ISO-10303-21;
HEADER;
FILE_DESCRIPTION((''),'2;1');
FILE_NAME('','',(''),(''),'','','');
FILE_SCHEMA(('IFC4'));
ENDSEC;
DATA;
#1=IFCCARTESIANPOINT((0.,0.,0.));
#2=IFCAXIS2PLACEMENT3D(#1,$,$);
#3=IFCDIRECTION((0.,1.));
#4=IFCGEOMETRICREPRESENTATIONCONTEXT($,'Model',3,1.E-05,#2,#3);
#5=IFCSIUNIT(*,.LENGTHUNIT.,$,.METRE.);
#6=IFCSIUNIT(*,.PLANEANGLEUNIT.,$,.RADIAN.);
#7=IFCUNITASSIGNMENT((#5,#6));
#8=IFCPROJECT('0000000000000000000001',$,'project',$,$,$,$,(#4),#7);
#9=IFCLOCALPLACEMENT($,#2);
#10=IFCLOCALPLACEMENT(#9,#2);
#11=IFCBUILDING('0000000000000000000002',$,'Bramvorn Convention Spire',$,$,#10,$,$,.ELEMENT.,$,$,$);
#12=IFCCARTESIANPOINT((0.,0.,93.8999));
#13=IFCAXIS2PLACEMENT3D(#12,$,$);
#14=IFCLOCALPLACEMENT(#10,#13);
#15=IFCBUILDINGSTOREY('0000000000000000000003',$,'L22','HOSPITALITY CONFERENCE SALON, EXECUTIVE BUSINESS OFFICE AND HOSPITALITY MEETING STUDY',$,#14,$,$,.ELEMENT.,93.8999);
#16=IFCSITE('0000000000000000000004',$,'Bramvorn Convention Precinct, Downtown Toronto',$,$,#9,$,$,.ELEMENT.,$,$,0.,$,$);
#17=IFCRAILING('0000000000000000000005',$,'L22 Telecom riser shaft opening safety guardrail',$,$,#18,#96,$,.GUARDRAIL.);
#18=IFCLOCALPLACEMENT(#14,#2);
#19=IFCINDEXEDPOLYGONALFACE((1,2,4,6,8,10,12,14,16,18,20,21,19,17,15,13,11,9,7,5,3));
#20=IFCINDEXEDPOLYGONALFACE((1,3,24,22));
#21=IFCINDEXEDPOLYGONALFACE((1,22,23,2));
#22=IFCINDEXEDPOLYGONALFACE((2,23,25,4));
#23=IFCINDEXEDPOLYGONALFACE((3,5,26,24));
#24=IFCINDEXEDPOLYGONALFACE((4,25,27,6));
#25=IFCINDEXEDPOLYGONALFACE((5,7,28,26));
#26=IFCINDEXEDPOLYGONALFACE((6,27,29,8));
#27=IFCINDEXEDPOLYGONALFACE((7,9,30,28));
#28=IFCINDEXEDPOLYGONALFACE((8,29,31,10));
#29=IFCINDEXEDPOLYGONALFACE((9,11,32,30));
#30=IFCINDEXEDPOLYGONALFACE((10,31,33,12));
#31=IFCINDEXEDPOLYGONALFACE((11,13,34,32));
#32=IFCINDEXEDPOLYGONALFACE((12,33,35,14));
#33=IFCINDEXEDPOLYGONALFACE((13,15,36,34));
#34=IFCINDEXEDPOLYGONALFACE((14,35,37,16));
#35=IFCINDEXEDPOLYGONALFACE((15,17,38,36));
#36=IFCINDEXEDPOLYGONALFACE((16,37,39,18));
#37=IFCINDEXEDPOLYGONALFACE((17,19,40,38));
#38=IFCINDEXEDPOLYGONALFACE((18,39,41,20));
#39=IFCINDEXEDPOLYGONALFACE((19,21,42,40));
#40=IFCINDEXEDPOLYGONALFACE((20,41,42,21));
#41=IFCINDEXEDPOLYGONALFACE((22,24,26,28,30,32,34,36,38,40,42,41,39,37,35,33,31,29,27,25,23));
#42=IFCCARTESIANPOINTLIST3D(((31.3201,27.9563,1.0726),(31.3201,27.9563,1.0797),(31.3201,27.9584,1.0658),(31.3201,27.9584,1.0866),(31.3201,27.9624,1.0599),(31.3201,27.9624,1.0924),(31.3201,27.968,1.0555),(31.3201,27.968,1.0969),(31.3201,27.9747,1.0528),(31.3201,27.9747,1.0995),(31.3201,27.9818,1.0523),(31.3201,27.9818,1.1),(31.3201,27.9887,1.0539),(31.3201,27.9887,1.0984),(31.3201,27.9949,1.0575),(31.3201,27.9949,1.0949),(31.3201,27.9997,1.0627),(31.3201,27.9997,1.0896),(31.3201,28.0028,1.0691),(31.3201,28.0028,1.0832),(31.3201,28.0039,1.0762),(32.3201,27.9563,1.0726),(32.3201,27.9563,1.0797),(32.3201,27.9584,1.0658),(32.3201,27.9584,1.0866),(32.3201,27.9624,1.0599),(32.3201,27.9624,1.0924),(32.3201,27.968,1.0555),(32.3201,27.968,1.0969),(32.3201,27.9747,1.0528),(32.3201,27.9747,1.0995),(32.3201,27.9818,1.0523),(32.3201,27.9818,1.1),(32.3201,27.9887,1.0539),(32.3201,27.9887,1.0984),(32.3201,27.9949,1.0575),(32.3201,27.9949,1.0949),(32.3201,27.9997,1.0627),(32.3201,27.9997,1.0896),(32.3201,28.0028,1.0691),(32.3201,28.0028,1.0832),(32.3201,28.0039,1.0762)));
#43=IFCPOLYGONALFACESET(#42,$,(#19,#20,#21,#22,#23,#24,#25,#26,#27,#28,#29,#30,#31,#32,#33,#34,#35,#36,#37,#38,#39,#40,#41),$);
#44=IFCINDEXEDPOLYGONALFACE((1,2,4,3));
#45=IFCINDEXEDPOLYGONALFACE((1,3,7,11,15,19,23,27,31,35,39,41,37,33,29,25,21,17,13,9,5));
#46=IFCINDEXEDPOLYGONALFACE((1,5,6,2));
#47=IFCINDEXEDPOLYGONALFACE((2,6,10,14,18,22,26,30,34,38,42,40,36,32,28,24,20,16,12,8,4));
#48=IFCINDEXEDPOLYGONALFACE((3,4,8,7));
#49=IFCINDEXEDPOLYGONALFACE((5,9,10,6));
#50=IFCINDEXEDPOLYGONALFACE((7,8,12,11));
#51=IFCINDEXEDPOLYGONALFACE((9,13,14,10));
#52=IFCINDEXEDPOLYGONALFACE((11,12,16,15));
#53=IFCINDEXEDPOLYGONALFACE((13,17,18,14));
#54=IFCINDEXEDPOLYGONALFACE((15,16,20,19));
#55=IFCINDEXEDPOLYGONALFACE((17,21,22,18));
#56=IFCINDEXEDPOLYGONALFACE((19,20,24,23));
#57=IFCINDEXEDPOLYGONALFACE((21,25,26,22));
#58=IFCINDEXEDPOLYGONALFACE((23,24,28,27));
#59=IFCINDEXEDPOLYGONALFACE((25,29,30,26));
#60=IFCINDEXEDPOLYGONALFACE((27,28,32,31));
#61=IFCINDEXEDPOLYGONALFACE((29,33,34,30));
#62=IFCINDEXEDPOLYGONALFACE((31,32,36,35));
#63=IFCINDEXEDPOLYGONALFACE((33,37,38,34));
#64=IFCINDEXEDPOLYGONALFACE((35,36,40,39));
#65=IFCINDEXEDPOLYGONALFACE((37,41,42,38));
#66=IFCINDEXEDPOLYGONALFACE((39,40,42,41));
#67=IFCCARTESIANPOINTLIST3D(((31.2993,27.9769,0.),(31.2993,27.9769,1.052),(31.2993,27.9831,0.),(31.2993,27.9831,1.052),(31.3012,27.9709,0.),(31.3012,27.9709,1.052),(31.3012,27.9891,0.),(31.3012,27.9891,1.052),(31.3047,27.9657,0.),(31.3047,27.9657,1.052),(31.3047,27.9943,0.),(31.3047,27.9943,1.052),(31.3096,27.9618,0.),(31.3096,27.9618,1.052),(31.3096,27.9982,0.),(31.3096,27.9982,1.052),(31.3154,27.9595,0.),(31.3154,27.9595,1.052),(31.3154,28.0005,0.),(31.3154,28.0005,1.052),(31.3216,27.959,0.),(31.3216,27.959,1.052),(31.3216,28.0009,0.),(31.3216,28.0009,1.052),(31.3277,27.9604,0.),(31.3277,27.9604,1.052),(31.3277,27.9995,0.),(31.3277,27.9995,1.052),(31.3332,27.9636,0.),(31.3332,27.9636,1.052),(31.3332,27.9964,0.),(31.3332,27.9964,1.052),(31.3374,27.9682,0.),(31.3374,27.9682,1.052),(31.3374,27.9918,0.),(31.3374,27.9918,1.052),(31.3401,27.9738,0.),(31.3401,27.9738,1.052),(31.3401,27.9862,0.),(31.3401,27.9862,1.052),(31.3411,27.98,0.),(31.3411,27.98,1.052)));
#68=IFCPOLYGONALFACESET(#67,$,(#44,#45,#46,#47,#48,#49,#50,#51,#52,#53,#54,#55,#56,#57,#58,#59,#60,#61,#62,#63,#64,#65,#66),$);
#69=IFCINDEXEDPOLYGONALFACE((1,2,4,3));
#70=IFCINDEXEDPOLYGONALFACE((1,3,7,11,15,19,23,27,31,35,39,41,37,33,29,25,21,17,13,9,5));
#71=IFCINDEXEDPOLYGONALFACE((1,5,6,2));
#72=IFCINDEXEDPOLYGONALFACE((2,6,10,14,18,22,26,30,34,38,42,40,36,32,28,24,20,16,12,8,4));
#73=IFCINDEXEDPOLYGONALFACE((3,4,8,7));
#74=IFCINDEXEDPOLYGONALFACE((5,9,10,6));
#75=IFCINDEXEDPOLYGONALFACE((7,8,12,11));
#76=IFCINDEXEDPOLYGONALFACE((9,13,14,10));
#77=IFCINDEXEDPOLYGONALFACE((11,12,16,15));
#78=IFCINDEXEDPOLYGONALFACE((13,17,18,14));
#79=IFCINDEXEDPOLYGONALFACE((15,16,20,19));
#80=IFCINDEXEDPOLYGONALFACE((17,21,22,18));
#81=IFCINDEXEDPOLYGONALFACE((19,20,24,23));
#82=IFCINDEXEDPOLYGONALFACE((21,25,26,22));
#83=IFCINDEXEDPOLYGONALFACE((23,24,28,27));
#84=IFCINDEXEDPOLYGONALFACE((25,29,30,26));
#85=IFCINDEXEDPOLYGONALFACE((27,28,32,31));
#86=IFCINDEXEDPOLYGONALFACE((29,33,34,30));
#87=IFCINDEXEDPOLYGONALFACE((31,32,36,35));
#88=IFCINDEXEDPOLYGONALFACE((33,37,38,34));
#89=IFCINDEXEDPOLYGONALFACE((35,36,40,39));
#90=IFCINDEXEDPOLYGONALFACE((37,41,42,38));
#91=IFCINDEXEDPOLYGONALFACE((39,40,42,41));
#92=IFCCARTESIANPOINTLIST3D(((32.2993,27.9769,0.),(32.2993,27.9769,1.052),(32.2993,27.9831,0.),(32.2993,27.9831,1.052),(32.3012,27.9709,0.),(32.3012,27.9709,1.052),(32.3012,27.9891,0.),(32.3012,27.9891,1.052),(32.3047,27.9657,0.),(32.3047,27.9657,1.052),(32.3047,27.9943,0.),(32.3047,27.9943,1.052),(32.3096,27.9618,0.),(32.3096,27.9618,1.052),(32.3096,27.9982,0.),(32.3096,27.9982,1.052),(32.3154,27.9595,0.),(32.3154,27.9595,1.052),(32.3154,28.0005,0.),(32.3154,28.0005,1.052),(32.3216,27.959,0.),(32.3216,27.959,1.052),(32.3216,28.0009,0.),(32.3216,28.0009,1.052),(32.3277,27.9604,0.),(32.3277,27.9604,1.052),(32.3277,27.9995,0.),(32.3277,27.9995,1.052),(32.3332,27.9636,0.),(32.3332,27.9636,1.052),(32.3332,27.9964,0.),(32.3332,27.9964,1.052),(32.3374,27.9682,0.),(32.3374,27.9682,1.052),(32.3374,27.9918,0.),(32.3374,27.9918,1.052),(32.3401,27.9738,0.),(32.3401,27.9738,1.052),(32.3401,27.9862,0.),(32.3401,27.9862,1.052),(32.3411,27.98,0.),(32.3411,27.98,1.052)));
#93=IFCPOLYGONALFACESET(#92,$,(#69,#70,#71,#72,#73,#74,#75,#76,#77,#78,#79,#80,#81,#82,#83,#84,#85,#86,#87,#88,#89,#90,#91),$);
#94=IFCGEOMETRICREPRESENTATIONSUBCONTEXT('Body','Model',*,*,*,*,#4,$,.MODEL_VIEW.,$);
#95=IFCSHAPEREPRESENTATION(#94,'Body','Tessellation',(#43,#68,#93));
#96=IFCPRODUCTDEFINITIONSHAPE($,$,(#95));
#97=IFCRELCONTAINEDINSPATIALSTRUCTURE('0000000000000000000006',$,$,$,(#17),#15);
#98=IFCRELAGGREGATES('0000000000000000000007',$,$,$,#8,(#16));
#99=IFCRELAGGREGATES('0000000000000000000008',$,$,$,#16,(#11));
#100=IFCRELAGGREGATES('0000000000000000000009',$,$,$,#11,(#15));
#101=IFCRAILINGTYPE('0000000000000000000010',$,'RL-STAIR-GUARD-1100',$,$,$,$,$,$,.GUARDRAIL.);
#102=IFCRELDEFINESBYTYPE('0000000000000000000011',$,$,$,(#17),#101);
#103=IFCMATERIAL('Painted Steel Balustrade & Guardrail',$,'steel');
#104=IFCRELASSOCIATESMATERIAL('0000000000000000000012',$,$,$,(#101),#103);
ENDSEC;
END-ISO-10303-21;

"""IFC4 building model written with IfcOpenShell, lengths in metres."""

from ifc_helpers import new_model, si_unit, direction, frame, origin, origin_2d, place, context, subcontext, project, spatial, circle, extrude, material, type_object, element, save


model = new_model("IFC4")

# Units and contexts
model_context = context("Model", 3, precision=1e-05, world=origin(), true_north=direction((0.0, 1.0)))
body_context = subcontext(model_context, "Body", "Model", "MODEL_VIEW")
ifc_project = project(units=[si_unit("LENGTHUNIT", "METRE"), si_unit("PLANEANGLEUNIT", "RADIAN")], contexts=[model_context])

# Site, building, storey
site_placement = place(None, origin())
site = spatial("IfcSite", under=ifc_project, at=site_placement, Name="Bramvorn Convention Precinct, Downtown Toronto", CompositionType="ELEMENT", RefElevation=0.0)
building_placement = place(site_placement, origin())
building = spatial("IfcBuilding", under=site, at=building_placement, Name="Bramvorn Convention Spire", CompositionType="ELEMENT")
storey_placement = place(building_placement, frame((0.0, 0.0, 93.8999)))
storey = spatial("IfcBuildingStorey", under=building, at=storey_placement, Name="L22", Description="HOSPITALITY CONFERENCE SALON, EXECUTIVE BUSINESS OFFICE AND HOSPITALITY MEETING STUDY", CompositionType="ELEMENT", Elevation=93.8999)

# Railing
ifc_material_1 = material(Name="Painted Steel Balustrade & Guardrail", Category="steel")
railing_type_1 = type_object("IfcRailingType", Name="RL-STAIR-GUARD-1100", PredefinedType="GUARDRAIL", material=ifc_material_1)
railing_1_placement = place(storey_placement, frame((31.3201, 27.98, 0.0)))
element("IfcRailing", 1, at=railing_1_placement, inside=storey, type_object=railing_type_1, Name="L22 Telecom riser shaft opening safety guardrail", PredefinedType="GUARDRAIL", context=body_context, shape_type="SweptSolid", body=[
    extrude(circle(Radius=0.0239, at=origin_2d()), frame((0.0, 0.0, 1.0762), z_axis=(1.0, 0.0, 0.0), x_axis=(0.0, 1.0, 0.0)), (0.0, 0.0, 1.0), 1.0),
    extrude(circle(Radius=0.021, at=origin_2d()), origin(), (0.0, 0.0, 1.0), 1.052),
    extrude(circle(Radius=0.021, at=origin_2d()), frame((1.0, 0.0, 0.0)), (0.0, 0.0, 1.0), 1.052),
])

save(model, "model.ifc")
